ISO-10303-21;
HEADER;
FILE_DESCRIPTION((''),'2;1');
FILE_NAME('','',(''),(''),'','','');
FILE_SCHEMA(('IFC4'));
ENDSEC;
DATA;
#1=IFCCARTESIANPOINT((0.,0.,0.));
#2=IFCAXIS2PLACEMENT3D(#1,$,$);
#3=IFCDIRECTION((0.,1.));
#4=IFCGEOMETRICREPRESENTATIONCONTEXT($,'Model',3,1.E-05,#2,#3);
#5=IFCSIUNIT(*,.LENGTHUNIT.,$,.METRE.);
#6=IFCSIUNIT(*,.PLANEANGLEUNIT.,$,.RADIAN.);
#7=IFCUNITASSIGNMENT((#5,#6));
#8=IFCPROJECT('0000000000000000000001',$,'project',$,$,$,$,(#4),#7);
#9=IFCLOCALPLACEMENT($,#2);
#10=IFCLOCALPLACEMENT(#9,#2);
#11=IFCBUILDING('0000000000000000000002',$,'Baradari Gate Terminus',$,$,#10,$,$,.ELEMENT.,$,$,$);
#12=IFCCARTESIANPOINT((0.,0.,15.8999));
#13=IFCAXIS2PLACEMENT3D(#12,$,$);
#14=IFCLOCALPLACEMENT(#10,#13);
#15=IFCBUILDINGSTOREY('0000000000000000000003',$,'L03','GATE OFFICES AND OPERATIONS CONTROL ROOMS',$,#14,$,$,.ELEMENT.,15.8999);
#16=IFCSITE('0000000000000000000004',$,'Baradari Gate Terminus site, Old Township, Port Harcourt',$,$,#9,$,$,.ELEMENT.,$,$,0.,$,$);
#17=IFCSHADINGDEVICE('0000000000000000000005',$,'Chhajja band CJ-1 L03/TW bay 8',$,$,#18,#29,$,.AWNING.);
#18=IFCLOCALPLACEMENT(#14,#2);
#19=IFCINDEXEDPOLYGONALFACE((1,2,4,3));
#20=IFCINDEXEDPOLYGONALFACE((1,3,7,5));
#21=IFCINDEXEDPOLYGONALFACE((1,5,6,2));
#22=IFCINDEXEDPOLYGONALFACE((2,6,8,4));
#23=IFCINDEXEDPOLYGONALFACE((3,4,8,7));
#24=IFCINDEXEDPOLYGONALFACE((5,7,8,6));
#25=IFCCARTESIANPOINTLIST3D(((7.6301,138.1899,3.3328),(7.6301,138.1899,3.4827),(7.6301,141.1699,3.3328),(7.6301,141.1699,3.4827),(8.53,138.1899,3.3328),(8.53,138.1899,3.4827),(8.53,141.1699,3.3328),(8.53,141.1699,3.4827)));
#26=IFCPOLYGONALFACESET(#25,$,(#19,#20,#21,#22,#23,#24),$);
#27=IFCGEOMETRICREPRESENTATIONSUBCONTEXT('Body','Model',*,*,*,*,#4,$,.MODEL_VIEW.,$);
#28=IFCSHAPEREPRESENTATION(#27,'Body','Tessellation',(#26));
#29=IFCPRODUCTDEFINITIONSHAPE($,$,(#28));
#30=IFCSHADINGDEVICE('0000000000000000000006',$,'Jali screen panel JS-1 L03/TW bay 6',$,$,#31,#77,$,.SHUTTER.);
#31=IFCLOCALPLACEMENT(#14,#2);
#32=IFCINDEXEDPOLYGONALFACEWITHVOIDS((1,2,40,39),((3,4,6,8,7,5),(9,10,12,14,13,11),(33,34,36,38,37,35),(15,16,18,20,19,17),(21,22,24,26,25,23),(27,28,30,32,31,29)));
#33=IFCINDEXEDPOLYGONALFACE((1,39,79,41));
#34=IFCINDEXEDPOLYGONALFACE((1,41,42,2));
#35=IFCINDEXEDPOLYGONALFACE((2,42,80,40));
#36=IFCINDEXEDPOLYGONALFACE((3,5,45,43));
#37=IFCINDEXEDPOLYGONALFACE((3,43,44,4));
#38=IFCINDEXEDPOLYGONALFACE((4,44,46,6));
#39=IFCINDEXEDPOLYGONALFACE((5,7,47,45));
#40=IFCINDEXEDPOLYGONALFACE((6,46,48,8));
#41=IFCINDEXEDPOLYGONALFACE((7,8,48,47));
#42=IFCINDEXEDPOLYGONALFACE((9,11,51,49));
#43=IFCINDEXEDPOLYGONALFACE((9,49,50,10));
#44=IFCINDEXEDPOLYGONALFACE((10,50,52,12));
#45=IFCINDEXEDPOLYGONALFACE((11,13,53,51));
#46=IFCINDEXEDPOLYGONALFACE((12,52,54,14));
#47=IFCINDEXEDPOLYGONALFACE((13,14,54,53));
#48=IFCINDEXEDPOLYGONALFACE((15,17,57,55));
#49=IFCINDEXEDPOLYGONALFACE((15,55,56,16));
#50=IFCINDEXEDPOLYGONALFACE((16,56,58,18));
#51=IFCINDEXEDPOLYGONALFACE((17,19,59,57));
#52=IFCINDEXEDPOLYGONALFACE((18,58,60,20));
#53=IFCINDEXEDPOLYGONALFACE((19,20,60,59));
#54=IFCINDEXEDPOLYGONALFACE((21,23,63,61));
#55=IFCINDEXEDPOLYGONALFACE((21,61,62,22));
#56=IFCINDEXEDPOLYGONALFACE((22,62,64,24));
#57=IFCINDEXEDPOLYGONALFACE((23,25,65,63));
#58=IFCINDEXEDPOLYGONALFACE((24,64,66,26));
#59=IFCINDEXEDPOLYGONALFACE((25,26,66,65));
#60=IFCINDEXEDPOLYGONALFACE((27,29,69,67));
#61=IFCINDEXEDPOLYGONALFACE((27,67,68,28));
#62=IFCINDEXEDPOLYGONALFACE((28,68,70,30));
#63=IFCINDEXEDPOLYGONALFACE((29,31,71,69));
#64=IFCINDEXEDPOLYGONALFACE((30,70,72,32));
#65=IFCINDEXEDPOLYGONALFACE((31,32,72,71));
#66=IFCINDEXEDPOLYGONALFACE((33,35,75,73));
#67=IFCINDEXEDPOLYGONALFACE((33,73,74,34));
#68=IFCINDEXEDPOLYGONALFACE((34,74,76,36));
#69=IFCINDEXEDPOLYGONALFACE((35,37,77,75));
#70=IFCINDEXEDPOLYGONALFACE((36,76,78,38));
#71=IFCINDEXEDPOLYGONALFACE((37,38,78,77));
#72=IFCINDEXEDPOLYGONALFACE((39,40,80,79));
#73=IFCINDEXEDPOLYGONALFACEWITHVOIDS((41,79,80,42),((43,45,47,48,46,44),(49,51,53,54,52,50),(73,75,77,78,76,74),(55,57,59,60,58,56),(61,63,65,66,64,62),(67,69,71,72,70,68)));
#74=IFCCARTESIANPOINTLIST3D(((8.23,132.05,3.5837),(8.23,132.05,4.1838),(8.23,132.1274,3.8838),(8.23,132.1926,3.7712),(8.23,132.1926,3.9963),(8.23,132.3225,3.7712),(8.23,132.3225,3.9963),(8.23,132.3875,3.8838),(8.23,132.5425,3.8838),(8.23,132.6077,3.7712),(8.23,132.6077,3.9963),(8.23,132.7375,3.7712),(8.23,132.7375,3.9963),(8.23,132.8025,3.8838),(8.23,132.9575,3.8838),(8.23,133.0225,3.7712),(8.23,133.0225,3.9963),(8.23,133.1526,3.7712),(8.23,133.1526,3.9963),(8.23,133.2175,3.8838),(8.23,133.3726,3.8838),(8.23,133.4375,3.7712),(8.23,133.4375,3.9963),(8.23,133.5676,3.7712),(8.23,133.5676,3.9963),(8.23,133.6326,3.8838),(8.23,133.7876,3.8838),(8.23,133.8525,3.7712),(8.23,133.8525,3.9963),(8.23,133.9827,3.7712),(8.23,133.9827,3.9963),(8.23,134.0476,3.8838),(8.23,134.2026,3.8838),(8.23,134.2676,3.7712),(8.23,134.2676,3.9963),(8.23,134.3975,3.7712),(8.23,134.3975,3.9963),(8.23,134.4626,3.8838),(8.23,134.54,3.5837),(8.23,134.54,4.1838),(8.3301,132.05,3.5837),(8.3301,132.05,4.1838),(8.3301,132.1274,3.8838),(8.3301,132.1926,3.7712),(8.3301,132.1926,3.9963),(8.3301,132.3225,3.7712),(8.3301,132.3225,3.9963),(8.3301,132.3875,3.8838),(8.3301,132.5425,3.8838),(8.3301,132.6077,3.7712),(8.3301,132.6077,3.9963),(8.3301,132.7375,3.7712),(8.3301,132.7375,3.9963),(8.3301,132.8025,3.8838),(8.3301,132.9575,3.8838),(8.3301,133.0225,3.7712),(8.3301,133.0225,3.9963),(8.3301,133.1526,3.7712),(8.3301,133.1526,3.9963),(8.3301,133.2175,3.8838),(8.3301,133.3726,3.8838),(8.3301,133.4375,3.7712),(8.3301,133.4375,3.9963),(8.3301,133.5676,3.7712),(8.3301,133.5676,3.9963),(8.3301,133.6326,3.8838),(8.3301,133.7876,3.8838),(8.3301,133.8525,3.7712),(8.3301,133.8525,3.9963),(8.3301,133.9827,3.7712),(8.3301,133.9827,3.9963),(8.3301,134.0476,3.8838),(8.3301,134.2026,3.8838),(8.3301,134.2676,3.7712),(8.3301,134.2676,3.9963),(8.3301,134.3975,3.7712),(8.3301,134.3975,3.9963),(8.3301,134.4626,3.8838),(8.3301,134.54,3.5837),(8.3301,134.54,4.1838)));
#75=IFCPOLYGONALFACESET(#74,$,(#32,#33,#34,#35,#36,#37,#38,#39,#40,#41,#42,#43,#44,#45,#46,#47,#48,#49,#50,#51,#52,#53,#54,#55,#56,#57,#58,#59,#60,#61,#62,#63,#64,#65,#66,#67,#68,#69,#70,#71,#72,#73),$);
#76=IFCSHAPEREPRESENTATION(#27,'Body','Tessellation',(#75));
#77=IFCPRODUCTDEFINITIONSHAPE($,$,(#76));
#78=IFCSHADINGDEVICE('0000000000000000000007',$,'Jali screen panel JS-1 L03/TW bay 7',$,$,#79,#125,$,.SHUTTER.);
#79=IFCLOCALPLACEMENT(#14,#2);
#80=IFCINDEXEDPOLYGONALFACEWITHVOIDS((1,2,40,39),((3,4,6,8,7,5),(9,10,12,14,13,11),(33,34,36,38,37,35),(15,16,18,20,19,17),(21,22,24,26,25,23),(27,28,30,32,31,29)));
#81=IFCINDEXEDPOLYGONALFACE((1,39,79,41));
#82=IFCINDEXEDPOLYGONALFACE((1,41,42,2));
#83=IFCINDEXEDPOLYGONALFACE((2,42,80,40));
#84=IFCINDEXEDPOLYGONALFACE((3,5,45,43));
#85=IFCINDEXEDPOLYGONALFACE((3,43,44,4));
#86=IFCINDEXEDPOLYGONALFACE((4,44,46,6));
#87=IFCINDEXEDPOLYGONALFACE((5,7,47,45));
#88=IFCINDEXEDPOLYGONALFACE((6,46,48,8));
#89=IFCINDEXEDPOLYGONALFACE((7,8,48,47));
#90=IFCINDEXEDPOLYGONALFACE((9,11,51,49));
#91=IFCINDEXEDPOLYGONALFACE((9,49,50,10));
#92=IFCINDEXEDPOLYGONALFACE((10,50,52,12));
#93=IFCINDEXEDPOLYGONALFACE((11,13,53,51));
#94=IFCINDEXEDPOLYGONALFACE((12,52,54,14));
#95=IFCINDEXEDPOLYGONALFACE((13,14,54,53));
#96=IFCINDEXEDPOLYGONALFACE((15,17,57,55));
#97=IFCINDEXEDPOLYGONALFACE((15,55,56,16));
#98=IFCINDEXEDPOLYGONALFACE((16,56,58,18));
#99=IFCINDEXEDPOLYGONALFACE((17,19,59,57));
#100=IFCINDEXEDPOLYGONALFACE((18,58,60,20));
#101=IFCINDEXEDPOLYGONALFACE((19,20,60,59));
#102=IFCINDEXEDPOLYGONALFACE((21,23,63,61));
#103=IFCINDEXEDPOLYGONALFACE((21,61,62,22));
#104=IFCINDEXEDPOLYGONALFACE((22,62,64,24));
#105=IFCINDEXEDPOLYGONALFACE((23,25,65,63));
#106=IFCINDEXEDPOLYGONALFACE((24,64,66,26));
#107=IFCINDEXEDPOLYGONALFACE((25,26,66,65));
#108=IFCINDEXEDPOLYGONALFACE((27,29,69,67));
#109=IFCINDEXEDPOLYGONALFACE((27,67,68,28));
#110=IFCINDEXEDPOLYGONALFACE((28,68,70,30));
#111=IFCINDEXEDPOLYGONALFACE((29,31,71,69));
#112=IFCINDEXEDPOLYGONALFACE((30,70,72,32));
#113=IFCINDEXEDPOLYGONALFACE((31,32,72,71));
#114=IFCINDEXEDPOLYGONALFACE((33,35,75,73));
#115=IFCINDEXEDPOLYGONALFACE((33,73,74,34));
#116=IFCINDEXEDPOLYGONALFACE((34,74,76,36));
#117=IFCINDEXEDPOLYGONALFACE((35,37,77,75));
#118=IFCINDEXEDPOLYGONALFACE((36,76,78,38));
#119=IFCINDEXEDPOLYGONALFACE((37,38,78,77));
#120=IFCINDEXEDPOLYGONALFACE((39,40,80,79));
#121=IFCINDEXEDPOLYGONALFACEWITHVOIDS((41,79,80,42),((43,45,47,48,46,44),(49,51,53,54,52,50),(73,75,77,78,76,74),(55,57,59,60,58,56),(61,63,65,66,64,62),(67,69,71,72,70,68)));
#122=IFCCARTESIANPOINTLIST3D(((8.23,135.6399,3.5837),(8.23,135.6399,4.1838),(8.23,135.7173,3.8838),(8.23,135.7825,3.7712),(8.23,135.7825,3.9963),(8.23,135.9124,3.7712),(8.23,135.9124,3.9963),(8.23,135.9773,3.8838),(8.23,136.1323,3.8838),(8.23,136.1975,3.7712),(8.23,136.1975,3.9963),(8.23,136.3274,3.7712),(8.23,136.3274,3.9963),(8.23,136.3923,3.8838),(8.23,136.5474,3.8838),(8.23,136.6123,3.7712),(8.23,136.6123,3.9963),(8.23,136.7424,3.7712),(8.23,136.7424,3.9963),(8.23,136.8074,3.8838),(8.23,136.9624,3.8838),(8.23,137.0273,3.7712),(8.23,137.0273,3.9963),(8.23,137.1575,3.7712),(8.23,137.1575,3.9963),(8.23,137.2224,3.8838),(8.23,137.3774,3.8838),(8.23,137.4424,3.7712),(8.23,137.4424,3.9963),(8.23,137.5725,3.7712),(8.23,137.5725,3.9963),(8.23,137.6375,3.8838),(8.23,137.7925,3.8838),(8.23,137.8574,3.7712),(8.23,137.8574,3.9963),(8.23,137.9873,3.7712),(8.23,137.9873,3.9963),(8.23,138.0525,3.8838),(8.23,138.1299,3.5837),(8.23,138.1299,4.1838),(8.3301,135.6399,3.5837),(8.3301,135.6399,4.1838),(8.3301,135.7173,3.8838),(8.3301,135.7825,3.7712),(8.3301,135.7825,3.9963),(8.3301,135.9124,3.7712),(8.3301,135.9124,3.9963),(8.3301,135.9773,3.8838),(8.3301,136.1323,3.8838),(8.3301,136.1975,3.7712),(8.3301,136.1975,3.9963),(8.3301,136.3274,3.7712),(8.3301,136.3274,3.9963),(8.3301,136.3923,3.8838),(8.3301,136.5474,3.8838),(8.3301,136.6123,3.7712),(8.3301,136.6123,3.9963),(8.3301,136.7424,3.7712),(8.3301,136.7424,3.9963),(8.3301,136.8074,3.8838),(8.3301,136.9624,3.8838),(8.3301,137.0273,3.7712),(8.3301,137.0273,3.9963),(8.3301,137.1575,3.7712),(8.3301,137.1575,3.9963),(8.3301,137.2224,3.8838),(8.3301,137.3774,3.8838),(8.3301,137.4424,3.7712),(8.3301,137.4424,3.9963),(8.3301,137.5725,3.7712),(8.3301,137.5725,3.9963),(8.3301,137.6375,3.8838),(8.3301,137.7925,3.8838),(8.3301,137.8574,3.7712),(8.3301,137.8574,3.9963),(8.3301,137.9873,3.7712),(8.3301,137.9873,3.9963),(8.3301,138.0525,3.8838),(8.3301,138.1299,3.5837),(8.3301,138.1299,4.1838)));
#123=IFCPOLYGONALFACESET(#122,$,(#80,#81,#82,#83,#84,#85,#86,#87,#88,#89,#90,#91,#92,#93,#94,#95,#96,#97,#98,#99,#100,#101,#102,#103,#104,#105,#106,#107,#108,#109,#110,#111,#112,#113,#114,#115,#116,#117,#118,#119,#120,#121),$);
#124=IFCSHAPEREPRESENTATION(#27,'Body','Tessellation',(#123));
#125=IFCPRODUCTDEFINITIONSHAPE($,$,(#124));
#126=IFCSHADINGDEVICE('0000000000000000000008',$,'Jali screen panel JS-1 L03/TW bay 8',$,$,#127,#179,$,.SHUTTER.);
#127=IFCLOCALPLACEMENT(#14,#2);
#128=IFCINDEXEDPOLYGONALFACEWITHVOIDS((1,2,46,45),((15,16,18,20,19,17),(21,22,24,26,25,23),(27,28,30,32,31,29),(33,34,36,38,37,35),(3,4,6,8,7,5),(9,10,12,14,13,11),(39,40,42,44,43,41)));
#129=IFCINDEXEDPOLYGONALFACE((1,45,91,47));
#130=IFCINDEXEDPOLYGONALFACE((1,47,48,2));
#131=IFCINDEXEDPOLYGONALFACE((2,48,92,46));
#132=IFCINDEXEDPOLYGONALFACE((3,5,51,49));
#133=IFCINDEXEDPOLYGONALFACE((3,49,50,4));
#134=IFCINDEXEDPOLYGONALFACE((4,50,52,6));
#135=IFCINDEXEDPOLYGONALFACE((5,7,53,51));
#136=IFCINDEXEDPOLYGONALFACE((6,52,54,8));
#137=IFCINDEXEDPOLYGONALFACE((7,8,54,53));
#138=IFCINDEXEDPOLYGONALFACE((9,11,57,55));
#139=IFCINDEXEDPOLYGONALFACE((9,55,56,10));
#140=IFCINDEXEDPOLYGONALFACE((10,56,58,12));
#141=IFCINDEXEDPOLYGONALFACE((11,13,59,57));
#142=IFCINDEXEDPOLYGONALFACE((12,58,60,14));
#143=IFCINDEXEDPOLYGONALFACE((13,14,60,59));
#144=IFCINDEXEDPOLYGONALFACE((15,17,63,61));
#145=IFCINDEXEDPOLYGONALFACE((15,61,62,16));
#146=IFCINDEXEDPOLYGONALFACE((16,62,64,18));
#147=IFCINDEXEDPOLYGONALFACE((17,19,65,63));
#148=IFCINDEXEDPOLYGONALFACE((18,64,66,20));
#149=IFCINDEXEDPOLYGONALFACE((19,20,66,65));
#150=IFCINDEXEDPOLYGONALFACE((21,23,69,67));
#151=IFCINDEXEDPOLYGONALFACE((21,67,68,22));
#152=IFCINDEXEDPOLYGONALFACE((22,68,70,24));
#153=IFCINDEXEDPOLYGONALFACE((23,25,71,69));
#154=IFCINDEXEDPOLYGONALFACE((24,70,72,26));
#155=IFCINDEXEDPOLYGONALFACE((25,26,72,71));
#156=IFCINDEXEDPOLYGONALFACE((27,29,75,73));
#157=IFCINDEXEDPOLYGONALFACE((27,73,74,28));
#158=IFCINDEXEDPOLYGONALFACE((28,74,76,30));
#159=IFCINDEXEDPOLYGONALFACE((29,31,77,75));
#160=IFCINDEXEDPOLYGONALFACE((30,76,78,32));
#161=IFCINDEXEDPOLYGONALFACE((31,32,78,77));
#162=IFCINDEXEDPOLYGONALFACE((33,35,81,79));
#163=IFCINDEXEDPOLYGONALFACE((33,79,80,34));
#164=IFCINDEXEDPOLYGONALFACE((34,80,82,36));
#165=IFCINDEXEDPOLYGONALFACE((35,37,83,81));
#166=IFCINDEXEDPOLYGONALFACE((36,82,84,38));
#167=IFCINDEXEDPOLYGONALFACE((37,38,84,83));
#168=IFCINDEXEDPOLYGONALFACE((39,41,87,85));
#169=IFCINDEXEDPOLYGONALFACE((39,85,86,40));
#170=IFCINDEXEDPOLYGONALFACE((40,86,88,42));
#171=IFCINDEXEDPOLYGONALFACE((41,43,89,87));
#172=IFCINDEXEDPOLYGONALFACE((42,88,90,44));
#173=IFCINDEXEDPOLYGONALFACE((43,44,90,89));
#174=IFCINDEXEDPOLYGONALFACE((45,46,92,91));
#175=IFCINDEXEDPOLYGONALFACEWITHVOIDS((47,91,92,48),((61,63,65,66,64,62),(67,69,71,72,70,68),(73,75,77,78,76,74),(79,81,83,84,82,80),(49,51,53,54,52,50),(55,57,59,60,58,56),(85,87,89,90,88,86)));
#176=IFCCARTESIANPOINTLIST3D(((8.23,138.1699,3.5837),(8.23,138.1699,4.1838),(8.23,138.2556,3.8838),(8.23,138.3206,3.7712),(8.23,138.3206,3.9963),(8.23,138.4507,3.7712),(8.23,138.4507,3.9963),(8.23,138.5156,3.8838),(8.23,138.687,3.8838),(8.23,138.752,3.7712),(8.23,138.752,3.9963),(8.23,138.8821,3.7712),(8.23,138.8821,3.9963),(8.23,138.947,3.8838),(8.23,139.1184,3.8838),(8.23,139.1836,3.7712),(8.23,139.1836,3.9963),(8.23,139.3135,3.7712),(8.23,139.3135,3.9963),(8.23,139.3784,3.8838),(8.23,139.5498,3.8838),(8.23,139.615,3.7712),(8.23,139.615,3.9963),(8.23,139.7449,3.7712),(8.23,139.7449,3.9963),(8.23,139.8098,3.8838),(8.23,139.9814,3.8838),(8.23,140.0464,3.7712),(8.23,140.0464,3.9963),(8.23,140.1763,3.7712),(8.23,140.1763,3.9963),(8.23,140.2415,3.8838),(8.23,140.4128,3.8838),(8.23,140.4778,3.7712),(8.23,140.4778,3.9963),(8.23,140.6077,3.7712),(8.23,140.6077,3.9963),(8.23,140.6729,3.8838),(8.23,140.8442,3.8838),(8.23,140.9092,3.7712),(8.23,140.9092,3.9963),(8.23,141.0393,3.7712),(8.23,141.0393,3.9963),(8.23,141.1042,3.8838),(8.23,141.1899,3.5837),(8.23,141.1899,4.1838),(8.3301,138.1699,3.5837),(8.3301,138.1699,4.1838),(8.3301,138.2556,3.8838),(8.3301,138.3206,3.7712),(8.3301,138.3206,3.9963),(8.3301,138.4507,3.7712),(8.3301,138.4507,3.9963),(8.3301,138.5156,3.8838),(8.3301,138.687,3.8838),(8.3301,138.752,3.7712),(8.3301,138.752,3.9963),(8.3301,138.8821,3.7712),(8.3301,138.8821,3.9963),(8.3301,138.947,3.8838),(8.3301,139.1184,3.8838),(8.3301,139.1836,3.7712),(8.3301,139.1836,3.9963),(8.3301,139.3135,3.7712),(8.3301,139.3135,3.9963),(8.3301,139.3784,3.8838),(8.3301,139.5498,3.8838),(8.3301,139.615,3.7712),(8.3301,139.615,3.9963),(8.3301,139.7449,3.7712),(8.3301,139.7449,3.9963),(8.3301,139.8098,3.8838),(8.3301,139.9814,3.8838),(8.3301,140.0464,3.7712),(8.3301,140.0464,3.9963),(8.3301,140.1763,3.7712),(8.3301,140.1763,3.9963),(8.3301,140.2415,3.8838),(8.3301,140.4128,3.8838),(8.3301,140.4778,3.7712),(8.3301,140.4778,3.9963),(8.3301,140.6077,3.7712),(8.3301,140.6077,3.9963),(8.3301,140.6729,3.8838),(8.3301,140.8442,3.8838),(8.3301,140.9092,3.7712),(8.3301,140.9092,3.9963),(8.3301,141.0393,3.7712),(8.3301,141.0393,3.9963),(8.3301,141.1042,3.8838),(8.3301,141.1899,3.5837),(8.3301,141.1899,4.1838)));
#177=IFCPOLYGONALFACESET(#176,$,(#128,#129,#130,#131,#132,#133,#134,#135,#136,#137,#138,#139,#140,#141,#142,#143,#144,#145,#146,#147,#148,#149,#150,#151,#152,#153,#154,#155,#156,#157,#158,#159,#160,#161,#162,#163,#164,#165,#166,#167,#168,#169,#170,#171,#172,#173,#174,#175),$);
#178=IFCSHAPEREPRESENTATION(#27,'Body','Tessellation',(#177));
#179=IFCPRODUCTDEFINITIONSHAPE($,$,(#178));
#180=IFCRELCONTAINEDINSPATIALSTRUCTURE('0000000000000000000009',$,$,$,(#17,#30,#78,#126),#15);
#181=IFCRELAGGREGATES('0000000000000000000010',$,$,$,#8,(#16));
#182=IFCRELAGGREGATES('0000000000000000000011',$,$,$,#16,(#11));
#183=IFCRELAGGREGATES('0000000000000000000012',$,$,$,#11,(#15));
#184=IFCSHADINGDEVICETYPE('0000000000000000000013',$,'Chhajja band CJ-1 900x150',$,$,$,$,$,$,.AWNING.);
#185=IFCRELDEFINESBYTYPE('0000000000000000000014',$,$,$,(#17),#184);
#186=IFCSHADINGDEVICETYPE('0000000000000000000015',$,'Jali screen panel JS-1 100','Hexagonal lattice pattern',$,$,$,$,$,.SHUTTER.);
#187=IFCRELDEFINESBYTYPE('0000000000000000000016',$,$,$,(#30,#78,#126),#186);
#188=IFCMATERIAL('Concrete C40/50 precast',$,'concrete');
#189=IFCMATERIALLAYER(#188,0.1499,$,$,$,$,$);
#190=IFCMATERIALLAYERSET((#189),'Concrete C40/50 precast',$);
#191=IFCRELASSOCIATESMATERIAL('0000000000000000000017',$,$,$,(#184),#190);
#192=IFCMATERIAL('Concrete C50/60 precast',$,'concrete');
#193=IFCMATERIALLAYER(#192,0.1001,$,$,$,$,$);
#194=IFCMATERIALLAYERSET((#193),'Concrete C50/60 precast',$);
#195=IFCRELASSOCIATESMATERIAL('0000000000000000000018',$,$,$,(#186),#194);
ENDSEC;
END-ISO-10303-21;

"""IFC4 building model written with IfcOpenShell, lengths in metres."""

from ifc_helpers import new_model, si_unit, direction, frame, origin, origin_2d, place, context, subcontext, project, spatial, polyline, rectangle, outline, extrude, material, layer, layer_set, type_object, element, save


model = new_model("IFC4")

# Units and contexts
model_context = context("Model", 3, precision=1e-05, world=origin(), true_north=direction((0.0, 1.0)))
body_context = subcontext(model_context, "Body", "Model", "MODEL_VIEW")
ifc_project = project(units=[si_unit("LENGTHUNIT", "METRE"), si_unit("PLANEANGLEUNIT", "RADIAN")], contexts=[model_context])

# Site, building, storey
site_placement = place(None, origin())
site = spatial("IfcSite", under=ifc_project, at=site_placement, Name="Baradari Gate Terminus site, Old Township, Port Harcourt", CompositionType="ELEMENT", RefElevation=0.0)
building_placement = place(site_placement, origin())
building = spatial("IfcBuilding", under=site, at=building_placement, Name="Baradari Gate Terminus", CompositionType="ELEMENT")
storey_placement = place(building_placement, frame((0.0, 0.0, 15.8999)))
storey = spatial("IfcBuildingStorey", under=building, at=storey_placement, Name="L03", Description="GATE OFFICES AND OPERATIONS CONTROL ROOMS", CompositionType="ELEMENT", Elevation=15.8999)

# Shading devices
ifc_material_1 = material(Name="Concrete C40/50 precast", Category="concrete")
ifc_layer_1 = layer(ifc_material_1, 0.1499)
ifc_layer_set_1 = layer_set([ifc_layer_1], Name="Concrete C40/50 precast")
shading_device_type_1 = type_object("IfcShadingDeviceType", Name="Chhajja band CJ-1 900x150", PredefinedType="AWNING", material=ifc_layer_set_1)
shading_device_1_placement = place(storey_placement, frame((8.0801, 139.6799, 3.3328), z_axis=(0.0, 0.0, 1.0), x_axis=(0.0, 1.0, 0.0)))
element("IfcShadingDevice", 1, at=shading_device_1_placement, inside=storey, type_object=shading_device_type_1, Name="Chhajja band CJ-1 L03/TW bay 8", PredefinedType="AWNING", context=body_context, shape_type="SweptSolid", body=[
    extrude(rectangle(XDim=2.98, YDim=0.8999, at=origin_2d()), origin(), (0.0, 0.0, 1.0), 0.1499),
])
ifc_material_2 = material(Name="Concrete C50/60 precast", Category="concrete")
ifc_layer_2 = layer(ifc_material_2, 0.1001)
ifc_layer_set_2 = layer_set([ifc_layer_2], Name="Concrete C50/60 precast")
shading_device_type_2 = type_object("IfcShadingDeviceType", Name="Jali screen panel JS-1 100", Description="Hexagonal lattice pattern", PredefinedType="SHUTTER", material=ifc_layer_set_2)
for number, where, z_axis, x_axis, name in (
    (2, (8.28, 132.05, 3.5837), (0.0, 0.0, 1.0), (0.0, 1.0, 0.0), "Jali screen panel JS-1 L03/TW bay 6"),
    (3, (8.28, 135.6399, 3.5837), (0.0, 0.0, 1.0), (0.0, 1.0, 0.0), "Jali screen panel JS-1 L03/TW bay 7"),
):
    element("IfcShadingDevice", number, at=place(storey_placement, frame(where, z_axis=z_axis, x_axis=x_axis)), inside=storey, type_object=shading_device_type_2, Name=name, PredefinedType="SHUTTER", context=body_context, shape_type="SweptSolid", body=[
        extrude(outline(polyline([(0.0, 0.0), (2.49, 0.0), (2.49, 0.6001), (0.0, 0.6001), (0.0, 0.0)]), holes=[polyline([(0.3374, 0.3), (0.2725, 0.1875), (0.1426, 0.1875), (0.0774, 0.3), (0.1426, 0.4126), (0.2725, 0.4126), (0.3374, 0.3)]), polyline([(0.7524, 0.3), (0.6875, 0.1875), (0.5576, 0.1875), (0.4924, 0.3), (0.5576, 0.4126), (0.6875, 0.4126), (0.7524, 0.3)]), polyline([(1.1675, 0.3), (1.1025, 0.1875), (0.9724, 0.1875), (0.9075, 0.3), (0.9724, 0.4126), (1.1025, 0.4126), (1.1675, 0.3)]), polyline([(1.5825, 0.3), (1.5176, 0.1875), (1.3875, 0.1875), (1.3225, 0.3), (1.3875, 0.4126), (1.5176, 0.4126), (1.5825, 0.3)]), polyline([(1.9976, 0.3), (1.9326, 0.1875), (1.8025, 0.1875), (1.7375, 0.3), (1.8025, 0.4126), (1.9326, 0.4126), (1.9976, 0.3)]), polyline([(2.4126, 0.3), (2.3474, 0.1875), (2.2175, 0.1875), (2.1526, 0.3), (2.2175, 0.4126), (2.3474, 0.4126), (2.4126, 0.3)])]), frame((0.0, 0.05, 0.0), z_axis=(0.0, -1.0, 0.0), x_axis=(1.0, 0.0, 0.0)), (0.0, 0.0, 1.0), 0.1001),
    ])
shading_device_2_placement = place(storey_placement, frame((8.28, 138.1699, 3.5837), z_axis=(0.0, 0.0, 1.0), x_axis=(0.0, 1.0, 0.0)))
element("IfcShadingDevice", 4, at=shading_device_2_placement, inside=storey, type_object=shading_device_type_2, Name="Jali screen panel JS-1 L03/TW bay 8", PredefinedType="SHUTTER", context=body_context, shape_type="SweptSolid", body=[
    extrude(outline(polyline([(0.0, 0.0), (3.02, 0.0), (3.02, 0.6001), (0.0, 0.6001), (0.0, 0.0)]), holes=[polyline([(0.3457, 0.3), (0.2808, 0.1875), (0.1506, 0.1875), (0.0857, 0.3), (0.1506, 0.4126), (0.2808, 0.4126), (0.3457, 0.3)]), polyline([(0.7771, 0.3), (0.7122, 0.1875), (0.582, 0.1875), (0.5171, 0.3), (0.582, 0.4126), (0.7122, 0.4126), (0.7771, 0.3)]), polyline([(1.2085, 0.3), (1.1436, 0.1875), (1.0137, 0.1875), (0.9485, 0.3), (1.0137, 0.4126), (1.1436, 0.4126), (1.2085, 0.3)]), polyline([(1.6399, 0.3), (1.575, 0.1875), (1.4451, 0.1875), (1.3799, 0.3), (1.4451, 0.4126), (1.575, 0.4126), (1.6399, 0.3)]), polyline([(2.0715, 0.3), (2.0063, 0.1875), (1.8765, 0.1875), (1.8115, 0.3), (1.8765, 0.4126), (2.0063, 0.4126), (2.0715, 0.3)]), polyline([(2.5029, 0.3), (2.4377, 0.1875), (2.3079, 0.1875), (2.2429, 0.3), (2.3079, 0.4126), (2.4377, 0.4126), (2.5029, 0.3)]), polyline([(2.9343, 0.3), (2.8694, 0.1875), (2.7393, 0.1875), (2.6743, 0.3), (2.7393, 0.4126), (2.8694, 0.4126), (2.9343, 0.3)])]), frame((0.0, 0.05, 0.0), z_axis=(0.0, -1.0, 0.0), x_axis=(1.0, 0.0, 0.0)), (0.0, 0.0, 1.0), 0.1001),
])

save(model, "model.ifc")
